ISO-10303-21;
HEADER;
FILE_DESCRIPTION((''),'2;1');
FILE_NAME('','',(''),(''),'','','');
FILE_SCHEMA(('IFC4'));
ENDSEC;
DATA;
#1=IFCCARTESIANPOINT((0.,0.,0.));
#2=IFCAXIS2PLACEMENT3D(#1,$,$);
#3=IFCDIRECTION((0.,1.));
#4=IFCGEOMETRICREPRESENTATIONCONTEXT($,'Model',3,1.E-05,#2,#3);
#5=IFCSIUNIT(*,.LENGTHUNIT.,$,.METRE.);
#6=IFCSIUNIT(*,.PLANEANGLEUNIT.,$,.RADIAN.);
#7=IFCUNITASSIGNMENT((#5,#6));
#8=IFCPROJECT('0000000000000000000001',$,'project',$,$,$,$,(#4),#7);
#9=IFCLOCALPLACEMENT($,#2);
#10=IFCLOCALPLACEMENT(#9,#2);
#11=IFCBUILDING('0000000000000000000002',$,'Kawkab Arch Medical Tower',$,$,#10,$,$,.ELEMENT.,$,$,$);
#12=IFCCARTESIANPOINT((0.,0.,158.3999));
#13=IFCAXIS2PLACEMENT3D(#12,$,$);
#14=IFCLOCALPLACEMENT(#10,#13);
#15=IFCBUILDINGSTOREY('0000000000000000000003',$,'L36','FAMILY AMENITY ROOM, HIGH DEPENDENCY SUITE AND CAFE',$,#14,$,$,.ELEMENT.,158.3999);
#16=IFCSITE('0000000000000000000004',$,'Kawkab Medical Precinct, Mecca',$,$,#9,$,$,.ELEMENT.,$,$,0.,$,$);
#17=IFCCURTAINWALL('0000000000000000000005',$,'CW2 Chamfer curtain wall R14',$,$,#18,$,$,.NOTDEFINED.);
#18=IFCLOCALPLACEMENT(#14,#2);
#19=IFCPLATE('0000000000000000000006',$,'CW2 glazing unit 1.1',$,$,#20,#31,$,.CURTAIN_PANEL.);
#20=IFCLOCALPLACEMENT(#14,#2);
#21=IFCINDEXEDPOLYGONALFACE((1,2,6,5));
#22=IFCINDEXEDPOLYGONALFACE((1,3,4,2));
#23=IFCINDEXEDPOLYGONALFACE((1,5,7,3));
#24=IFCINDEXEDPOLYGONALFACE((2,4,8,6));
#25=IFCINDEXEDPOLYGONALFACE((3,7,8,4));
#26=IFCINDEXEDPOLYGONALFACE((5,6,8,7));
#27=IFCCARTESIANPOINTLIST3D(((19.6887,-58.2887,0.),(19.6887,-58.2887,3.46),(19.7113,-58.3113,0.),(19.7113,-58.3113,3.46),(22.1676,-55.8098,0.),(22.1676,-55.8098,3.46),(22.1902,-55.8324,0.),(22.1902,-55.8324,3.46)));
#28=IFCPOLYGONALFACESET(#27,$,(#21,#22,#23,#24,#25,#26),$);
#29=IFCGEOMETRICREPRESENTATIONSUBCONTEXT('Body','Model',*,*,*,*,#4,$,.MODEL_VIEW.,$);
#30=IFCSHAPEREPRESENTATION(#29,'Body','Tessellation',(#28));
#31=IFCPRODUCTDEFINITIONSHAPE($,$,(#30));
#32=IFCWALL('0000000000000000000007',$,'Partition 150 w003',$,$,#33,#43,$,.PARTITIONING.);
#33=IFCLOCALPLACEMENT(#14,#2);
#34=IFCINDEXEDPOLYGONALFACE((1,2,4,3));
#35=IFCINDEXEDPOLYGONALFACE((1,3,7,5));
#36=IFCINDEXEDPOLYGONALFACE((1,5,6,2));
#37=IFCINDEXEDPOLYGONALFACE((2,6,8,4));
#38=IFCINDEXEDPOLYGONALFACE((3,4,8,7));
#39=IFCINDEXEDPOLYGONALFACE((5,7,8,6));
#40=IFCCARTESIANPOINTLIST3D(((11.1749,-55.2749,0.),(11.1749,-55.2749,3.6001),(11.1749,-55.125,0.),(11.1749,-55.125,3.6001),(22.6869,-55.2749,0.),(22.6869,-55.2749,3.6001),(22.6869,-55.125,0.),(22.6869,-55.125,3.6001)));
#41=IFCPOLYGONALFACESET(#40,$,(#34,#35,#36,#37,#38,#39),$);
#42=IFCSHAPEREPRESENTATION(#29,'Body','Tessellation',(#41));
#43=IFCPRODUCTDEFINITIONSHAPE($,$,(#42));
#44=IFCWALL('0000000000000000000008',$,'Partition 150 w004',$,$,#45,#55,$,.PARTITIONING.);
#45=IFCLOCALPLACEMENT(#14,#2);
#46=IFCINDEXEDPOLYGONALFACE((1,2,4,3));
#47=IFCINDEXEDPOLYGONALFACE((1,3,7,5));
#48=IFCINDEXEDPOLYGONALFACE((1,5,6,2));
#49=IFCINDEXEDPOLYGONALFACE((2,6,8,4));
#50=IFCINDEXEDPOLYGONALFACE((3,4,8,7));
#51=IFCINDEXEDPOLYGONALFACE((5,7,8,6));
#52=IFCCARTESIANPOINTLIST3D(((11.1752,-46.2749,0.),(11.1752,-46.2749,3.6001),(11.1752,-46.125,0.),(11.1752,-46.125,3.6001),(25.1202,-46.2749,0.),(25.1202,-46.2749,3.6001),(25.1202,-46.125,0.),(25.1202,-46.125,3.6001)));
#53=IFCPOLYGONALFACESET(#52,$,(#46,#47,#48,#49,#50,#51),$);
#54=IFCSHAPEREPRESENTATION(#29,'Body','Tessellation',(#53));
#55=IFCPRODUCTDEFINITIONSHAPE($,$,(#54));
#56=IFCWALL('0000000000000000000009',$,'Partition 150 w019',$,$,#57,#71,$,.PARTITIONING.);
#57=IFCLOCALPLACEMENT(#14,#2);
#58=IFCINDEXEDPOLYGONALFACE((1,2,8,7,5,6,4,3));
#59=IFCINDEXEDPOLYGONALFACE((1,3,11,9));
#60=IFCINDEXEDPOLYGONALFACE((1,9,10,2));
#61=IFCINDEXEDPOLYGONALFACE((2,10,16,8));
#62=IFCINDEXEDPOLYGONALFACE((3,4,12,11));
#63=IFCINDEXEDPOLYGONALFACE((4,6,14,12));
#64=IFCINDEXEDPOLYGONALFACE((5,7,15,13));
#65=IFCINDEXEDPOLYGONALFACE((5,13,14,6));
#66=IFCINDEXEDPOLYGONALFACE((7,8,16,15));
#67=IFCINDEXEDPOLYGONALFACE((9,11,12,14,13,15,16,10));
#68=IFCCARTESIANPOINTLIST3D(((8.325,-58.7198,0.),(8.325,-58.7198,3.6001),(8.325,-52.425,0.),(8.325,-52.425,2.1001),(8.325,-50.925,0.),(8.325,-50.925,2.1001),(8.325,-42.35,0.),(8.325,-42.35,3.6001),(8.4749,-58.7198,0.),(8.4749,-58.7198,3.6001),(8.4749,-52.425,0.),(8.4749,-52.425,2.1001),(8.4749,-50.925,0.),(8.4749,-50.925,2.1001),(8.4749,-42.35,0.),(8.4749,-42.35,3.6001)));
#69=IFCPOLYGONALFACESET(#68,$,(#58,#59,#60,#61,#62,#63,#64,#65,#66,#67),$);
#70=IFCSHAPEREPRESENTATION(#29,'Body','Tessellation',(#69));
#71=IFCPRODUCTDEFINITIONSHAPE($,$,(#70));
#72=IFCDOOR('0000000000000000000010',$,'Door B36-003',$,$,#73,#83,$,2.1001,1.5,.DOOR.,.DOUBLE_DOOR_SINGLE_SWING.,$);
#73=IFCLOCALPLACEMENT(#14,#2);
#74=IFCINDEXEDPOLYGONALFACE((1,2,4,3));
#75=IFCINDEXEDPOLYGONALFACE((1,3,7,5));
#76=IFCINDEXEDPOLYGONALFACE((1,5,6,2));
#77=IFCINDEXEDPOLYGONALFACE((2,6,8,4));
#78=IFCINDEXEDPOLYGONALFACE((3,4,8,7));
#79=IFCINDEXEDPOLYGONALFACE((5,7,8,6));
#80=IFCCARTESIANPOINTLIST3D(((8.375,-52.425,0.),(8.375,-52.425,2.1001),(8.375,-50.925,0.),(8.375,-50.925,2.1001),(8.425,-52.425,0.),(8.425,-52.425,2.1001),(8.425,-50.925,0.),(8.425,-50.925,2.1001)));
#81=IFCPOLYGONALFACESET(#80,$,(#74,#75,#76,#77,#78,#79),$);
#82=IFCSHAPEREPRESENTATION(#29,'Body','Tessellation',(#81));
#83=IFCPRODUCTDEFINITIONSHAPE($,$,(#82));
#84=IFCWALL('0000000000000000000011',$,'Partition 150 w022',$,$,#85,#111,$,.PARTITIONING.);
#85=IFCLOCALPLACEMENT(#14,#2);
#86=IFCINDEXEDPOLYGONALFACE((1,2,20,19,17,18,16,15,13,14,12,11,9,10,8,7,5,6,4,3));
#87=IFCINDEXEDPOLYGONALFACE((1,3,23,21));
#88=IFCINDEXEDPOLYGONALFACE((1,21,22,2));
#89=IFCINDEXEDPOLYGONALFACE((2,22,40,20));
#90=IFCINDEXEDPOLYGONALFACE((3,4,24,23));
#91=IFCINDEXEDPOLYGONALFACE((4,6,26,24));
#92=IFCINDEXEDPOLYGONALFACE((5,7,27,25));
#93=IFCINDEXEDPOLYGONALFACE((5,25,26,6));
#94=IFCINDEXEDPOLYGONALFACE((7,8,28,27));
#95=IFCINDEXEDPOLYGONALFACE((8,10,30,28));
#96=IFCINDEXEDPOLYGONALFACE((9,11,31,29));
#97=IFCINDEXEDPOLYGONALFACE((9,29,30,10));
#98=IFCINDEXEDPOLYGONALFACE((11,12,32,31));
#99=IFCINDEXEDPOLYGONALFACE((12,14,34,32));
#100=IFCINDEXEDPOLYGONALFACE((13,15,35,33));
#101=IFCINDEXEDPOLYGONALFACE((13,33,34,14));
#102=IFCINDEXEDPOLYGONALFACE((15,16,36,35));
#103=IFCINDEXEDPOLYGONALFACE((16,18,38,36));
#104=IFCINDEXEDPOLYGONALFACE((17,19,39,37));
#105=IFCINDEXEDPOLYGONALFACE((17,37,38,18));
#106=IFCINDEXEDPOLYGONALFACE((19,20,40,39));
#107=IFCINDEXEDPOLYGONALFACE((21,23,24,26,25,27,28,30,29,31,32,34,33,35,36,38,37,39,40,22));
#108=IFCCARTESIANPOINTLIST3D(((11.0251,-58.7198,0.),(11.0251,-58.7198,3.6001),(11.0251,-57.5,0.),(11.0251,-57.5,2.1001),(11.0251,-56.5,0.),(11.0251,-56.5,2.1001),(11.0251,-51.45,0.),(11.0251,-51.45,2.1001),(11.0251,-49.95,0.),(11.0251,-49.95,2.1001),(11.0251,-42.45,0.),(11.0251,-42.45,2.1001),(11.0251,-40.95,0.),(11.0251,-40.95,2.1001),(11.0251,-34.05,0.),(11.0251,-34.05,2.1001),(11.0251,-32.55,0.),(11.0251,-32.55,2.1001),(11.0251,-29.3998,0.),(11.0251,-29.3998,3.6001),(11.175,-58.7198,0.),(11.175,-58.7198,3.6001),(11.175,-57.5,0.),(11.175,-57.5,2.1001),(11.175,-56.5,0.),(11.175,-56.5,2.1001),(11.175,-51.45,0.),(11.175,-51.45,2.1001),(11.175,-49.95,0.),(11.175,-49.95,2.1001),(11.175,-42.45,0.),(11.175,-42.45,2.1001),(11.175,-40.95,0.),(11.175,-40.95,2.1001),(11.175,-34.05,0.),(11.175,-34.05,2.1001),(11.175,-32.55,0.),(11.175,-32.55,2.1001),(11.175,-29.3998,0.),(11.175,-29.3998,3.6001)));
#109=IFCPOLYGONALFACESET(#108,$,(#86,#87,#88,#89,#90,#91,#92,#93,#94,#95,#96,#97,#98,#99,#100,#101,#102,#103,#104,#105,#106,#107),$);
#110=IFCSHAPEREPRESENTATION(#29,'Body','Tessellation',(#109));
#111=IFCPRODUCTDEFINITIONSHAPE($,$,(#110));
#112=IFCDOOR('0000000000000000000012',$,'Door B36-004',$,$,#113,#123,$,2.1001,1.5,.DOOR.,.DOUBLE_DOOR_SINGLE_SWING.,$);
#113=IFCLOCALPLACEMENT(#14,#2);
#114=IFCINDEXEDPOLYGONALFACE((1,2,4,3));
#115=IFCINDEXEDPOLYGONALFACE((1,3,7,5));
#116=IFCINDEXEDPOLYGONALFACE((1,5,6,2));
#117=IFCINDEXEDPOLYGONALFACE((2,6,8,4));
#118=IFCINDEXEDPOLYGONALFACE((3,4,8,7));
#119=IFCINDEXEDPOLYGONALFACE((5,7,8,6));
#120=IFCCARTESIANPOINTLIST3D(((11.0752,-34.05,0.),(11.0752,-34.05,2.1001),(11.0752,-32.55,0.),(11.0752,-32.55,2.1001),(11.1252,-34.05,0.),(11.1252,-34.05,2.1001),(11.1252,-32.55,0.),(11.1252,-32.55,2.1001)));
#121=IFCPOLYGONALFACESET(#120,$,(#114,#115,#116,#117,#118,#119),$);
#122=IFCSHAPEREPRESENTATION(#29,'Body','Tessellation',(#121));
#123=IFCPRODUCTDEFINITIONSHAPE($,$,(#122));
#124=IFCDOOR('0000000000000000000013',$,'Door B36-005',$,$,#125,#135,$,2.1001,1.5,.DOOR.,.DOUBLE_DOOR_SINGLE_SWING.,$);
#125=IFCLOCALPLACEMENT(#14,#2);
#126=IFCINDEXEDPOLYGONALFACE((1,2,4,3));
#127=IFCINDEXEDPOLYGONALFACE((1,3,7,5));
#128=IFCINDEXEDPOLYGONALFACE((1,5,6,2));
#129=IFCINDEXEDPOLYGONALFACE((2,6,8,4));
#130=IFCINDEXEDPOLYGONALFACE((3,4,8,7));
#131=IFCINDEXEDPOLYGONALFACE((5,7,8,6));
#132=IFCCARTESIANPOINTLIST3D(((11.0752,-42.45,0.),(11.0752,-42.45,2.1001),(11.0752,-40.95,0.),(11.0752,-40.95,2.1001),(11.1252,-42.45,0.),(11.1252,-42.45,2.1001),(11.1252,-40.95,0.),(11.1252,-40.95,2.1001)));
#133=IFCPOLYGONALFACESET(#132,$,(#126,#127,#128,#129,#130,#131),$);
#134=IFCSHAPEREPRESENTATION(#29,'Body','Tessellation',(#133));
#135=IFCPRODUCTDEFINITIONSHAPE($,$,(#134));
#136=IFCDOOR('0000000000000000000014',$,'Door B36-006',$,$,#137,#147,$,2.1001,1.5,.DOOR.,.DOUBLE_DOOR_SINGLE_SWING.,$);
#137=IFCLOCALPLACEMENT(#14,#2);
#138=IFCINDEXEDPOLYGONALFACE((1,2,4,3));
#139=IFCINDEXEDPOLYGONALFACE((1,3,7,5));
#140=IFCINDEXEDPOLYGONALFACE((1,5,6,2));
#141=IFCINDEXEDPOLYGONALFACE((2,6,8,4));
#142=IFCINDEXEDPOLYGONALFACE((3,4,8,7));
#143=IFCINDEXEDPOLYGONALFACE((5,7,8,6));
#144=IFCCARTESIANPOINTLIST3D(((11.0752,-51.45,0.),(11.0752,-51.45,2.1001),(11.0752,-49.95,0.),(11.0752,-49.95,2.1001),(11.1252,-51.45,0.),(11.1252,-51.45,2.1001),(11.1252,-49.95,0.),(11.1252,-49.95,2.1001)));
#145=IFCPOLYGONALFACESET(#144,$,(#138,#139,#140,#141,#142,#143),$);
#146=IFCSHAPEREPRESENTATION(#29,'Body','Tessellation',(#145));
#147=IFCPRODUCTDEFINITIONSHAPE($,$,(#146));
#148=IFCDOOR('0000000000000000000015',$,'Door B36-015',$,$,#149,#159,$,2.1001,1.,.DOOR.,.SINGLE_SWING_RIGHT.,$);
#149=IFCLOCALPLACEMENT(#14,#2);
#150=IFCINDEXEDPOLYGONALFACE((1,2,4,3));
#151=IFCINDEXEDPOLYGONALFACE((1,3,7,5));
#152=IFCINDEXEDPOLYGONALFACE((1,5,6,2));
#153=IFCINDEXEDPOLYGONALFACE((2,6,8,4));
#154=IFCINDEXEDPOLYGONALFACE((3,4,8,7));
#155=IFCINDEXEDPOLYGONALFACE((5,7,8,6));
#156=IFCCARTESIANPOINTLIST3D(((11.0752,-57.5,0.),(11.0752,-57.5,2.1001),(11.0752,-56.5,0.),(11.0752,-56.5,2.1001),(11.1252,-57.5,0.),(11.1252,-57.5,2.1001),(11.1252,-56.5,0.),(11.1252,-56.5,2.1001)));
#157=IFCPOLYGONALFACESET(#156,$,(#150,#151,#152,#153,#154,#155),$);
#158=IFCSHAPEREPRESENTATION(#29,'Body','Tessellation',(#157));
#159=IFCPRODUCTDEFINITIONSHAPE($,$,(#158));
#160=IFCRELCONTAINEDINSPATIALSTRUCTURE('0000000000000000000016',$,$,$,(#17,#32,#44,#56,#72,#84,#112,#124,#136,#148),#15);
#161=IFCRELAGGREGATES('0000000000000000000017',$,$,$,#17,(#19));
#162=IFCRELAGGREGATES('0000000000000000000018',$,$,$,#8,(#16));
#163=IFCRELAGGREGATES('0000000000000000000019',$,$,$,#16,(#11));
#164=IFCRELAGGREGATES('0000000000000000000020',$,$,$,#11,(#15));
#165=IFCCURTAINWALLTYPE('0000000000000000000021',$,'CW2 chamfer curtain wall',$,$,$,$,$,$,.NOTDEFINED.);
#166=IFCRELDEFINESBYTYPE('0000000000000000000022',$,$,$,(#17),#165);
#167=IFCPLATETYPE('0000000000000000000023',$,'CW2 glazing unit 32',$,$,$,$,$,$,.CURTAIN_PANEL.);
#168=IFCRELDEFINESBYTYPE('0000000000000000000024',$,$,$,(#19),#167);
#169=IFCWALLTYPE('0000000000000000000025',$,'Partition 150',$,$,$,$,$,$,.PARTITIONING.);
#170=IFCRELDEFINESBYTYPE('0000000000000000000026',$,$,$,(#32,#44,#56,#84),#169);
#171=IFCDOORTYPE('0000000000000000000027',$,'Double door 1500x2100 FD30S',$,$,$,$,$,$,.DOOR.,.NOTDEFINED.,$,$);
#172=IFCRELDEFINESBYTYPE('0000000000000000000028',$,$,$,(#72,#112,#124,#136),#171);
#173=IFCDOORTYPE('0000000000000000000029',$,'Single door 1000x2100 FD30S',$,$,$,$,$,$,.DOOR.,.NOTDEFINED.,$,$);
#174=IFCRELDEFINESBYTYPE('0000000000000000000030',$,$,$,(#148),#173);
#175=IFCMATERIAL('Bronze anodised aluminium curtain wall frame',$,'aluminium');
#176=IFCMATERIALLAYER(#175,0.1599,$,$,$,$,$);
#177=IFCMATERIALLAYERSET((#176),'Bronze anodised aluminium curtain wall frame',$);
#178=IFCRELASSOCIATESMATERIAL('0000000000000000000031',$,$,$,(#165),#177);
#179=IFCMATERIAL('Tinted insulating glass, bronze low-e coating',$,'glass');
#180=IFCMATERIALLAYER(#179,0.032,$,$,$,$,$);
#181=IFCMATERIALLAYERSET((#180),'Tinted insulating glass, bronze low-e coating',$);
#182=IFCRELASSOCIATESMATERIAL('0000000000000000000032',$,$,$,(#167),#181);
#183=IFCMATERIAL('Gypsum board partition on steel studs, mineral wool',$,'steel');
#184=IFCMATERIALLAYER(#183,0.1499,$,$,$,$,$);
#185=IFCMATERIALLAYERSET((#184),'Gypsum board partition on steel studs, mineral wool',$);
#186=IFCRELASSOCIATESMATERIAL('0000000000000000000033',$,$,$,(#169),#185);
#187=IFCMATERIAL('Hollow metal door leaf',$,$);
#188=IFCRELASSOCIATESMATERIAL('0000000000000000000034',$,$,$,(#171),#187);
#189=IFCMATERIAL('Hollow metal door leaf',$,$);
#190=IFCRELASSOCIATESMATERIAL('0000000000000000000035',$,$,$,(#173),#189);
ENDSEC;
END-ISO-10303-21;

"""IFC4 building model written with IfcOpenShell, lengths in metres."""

from ifc_helpers import new_model, si_unit, direction, frame, frame_2d, origin, origin_2d, place, context, subcontext, project, spatial, rectangle, extrude, material, layer, layer_set, type_object, element, fill, aggregate, save


model = new_model("IFC4")

# Units and contexts
model_context = context("Model", 3, precision=1e-05, world=origin(), true_north=direction((0.0, 1.0)))
body_context = subcontext(model_context, "Body", "Model", "MODEL_VIEW")
ifc_project = project(units=[si_unit("LENGTHUNIT", "METRE"), si_unit("PLANEANGLEUNIT", "RADIAN")], contexts=[model_context])

# Site, building, storey
site_placement = place(None, origin())
site = spatial("IfcSite", under=ifc_project, at=site_placement, Name="Kawkab Medical Precinct, Mecca", CompositionType="ELEMENT", RefElevation=0.0)
building_placement = place(site_placement, origin())
building = spatial("IfcBuilding", under=site, at=building_placement, Name="Kawkab Arch Medical Tower", CompositionType="ELEMENT")
storey_placement = place(building_placement, frame((0.0, 0.0, 158.3999)))
storey = spatial("IfcBuildingStorey", under=building, at=storey_placement, Name="L36", Description="FAMILY AMENITY ROOM, HIGH DEPENDENCY SUITE AND CAFE", CompositionType="ELEMENT", Elevation=158.3999)

# Shared definitions
placement = place(storey_placement, origin())

# Curtain wall
ifc_material_1 = material(Name="Bronze anodised aluminium curtain wall frame", Category="aluminium")
ifc_layer_1 = layer(ifc_material_1, 0.1599)
ifc_layer_set_1 = layer_set([ifc_layer_1], Name="Bronze anodised aluminium curtain wall frame")
curtain_wall_type_1 = type_object("IfcCurtainWallType", Name="CW2 chamfer curtain wall", PredefinedType="NOTDEFINED", material=ifc_layer_set_1)
curtain_wall_1 = element("IfcCurtainWall", 1, at=placement, inside=storey, type_object=curtain_wall_type_1, Name="CW2 Chamfer curtain wall R14", PredefinedType="NOTDEFINED")

# Plate
ifc_material_2 = material(Name="Tinted insulating glass, bronze low-e coating", Category="glass")
ifc_layer_2 = layer(ifc_material_2, 0.032)
ifc_layer_set_2 = layer_set([ifc_layer_2], Name="Tinted insulating glass, bronze low-e coating")
plate_type_1 = type_object("IfcPlateType", Name="CW2 glazing unit 32", PredefinedType="CURTAIN_PANEL", material=ifc_layer_set_2)
plate_1_placement = place(storey_placement, frame((20.9395, -57.0605, 0.0), z_axis=(0.0, 0.0, 1.0), x_axis=(0.707107, 0.707107, 0.0)))
plate_1 = element("IfcPlate", 2, at=plate_1_placement, type_object=plate_type_1, Name="CW2 glazing unit 1.1", PredefinedType="CURTAIN_PANEL", context=body_context, shape_type="SweptSolid", body=[
    extrude(rectangle(XDim=3.5056, YDim=0.032, at=origin_2d()), origin(), (0.0, 0.0, 1.0), 3.46),
])
aggregate(curtain_wall_1, [plate_1])

# Walls
ifc_material_3 = material(Name="Gypsum board partition on steel studs, mineral wool", Category="steel")
ifc_layer_3 = layer(ifc_material_3, 0.1499)
ifc_layer_set_3 = layer_set([ifc_layer_3], Name="Gypsum board partition on steel studs, mineral wool")
wall_type = type_object("IfcWallType", Name="Partition 150", PredefinedType="PARTITIONING", material=ifc_layer_set_3)
wall_1_placement = place(storey_placement, frame((11.175, -55.2, 0.0), z_axis=(0.0, 0.0, 1.0), x_axis=(1.0, 0.0, 0.0)))
element("IfcWall", 3, at=wall_1_placement, inside=storey, type_object=wall_type, Name="Partition 150 w003", PredefinedType="PARTITIONING", context=body_context, shape_type="SweptSolid", body=[
    extrude(rectangle(XDim=11.512, YDim=0.1499, at=frame_2d((5.7559, 0.0))), origin(), (0.0, 0.0, 1.0), 3.6001),
])
wall_2_placement = place(storey_placement, frame((11.175, -46.2, 0.0), z_axis=(0.0, 0.0, 1.0), x_axis=(1.0, 0.0, 0.0)))
element("IfcWall", 4, at=wall_2_placement, inside=storey, type_object=wall_type, Name="Partition 150 w004", PredefinedType="PARTITIONING", context=body_context, shape_type="SweptSolid", body=[
    extrude(rectangle(XDim=13.9451, YDim=0.1499, at=frame_2d((6.9727, 0.0))), origin(), (0.0, 0.0, 1.0), 3.6001),
])

# Wall, opening, door
wall_3_placement = place(storey_placement, frame((8.3999, -58.72, 0.0), z_axis=(0.0, 0.0, 1.0), x_axis=(0.0, 1.0, 0.0)))
wall_3 = element("IfcWall", 5, at=wall_3_placement, inside=storey, type_object=wall_type, Name="Partition 150 w019", PredefinedType="PARTITIONING", context=body_context, shape_type="SweptSolid", body=[
    extrude(rectangle(XDim=16.3699, YDim=0.1499, at=frame_2d((8.1851, 0.0))), origin(), (0.0, 0.0, 1.0), 3.6001),
])
opening_1_placement = place(wall_3_placement, frame((6.2949, 0.0, 0.0)))
opening_1 = element("IfcOpeningElement", 6, at=opening_1_placement, cuts=wall_3, PredefinedType="OPENING", context=body_context, shape_type="SweptSolid", body=[
    extrude(rectangle(XDim=1.5, YDim=2.1001, at=frame_2d((0.75, 1.05))), frame((0.0, 0.085, 0.0), z_axis=(0.0, -1.0, 0.0), x_axis=(1.0, 0.0, 0.0)), (0.0, 0.0, 1.0), 0.1699),
])
ifc_material_4 = material(Name="Hollow metal door leaf")
door_type_1 = type_object("IfcDoorType", Name="Double door 1500x2100 FD30S", OperationType="NOTDEFINED", PredefinedType="DOOR", material=ifc_material_4)
door_1_placement = place(opening_1_placement, origin())
door_1 = element("IfcDoor", 7, at=door_1_placement, inside=storey, type_object=door_type_1, Name="Door B36-003", OperationType="DOUBLE_DOOR_SINGLE_SWING", OverallHeight=2.1001, OverallWidth=1.5, PredefinedType="DOOR", context=body_context, shape_type="SweptSolid", body=[
    extrude(rectangle(XDim=1.5, YDim=2.1001, at=frame_2d((0.75, 1.05))), frame((0.0, 0.0249, 0.0), z_axis=(0.0, -1.0, 0.0), x_axis=(1.0, 0.0, 0.0)), (0.0, 0.0, 1.0), 0.05),
])
fill(opening_1, door_1)

# Wall, openings, doors
wall_4_placement = place(storey_placement, frame((11.1001, -58.72, 0.0), z_axis=(0.0, 0.0, 1.0), x_axis=(0.0, 1.0, 0.0)))
wall_4 = element("IfcWall", 8, at=wall_4_placement, inside=storey, type_object=wall_type, Name="Partition 150 w022", PredefinedType="PARTITIONING", context=body_context, shape_type="SweptSolid", body=[
    extrude(rectangle(XDim=29.3201, YDim=0.1499, at=frame_2d((14.6602, 0.0))), origin(), (0.0, 0.0, 1.0), 3.6001),
])
opening_2_placement = place(wall_4_placement, frame((24.6699, 0.0, 0.0)))
opening_2 = element("IfcOpeningElement", 9, at=opening_2_placement, cuts=wall_4, PredefinedType="OPENING", context=body_context, shape_type="SweptSolid", body=[
    extrude(rectangle(XDim=1.5, YDim=2.1001, at=frame_2d((0.75, 1.05))), frame((0.0, 0.085, 0.0), z_axis=(0.0, -1.0, 0.0), x_axis=(1.0, 0.0, 0.0)), (0.0, 0.0, 1.0), 0.1699),
])
opening_3_placement = place(wall_4_placement, frame((16.27, 0.0, 0.0)))
opening_3 = element("IfcOpeningElement", 10, at=opening_3_placement, cuts=wall_4, PredefinedType="OPENING", context=body_context, shape_type="SweptSolid", body=[
    extrude(rectangle(XDim=1.5, YDim=2.1001, at=frame_2d((0.75, 1.05))), frame((0.0, 0.085, 0.0), z_axis=(0.0, -1.0, 0.0), x_axis=(1.0, 0.0, 0.0)), (0.0, 0.0, 1.0), 0.1699),
])
opening_4_placement = place(wall_4_placement, frame((7.27, 0.0, 0.0)))
opening_4 = element("IfcOpeningElement", 11, at=opening_4_placement, cuts=wall_4, PredefinedType="OPENING", context=body_context, shape_type="SweptSolid", body=[
    extrude(rectangle(XDim=1.5, YDim=2.1001, at=frame_2d((0.75, 1.05))), frame((0.0, 0.085, 0.0), z_axis=(0.0, -1.0, 0.0), x_axis=(1.0, 0.0, 0.0)), (0.0, 0.0, 1.0), 0.1699),
])
opening_5_placement = place(wall_4_placement, frame((1.22, 0.0, 0.0)))
opening_5 = element("IfcOpeningElement", 12, at=opening_5_placement, cuts=wall_4, PredefinedType="OPENING", context=body_context, shape_type="SweptSolid", body=[
    extrude(rectangle(XDim=1.0, YDim=2.1001, at=frame_2d((0.5, 1.05))), frame((0.0, 0.085, 0.0), z_axis=(0.0, -1.0, 0.0), x_axis=(1.0, 0.0, 0.0)), (0.0, 0.0, 1.0), 0.1699),
])
door_2_placement = place(opening_2_placement, origin())
door_2 = element("IfcDoor", 13, at=door_2_placement, inside=storey, type_object=door_type_1, Name="Door B36-004", OperationType="DOUBLE_DOOR_SINGLE_SWING", OverallHeight=2.1001, OverallWidth=1.5, PredefinedType="DOOR", context=body_context, shape_type="SweptSolid", body=[
    extrude(rectangle(XDim=1.5, YDim=2.1001, at=frame_2d((0.75, 1.05))), frame((0.0, 0.0249, 0.0), z_axis=(0.0, -1.0, 0.0), x_axis=(1.0, 0.0, 0.0)), (0.0, 0.0, 1.0), 0.05),
])
fill(opening_2, door_2)
door_3_placement = place(opening_3_placement, origin())
door_3 = element("IfcDoor", 14, at=door_3_placement, inside=storey, type_object=door_type_1, Name="Door B36-005", OperationType="DOUBLE_DOOR_SINGLE_SWING", OverallHeight=2.1001, OverallWidth=1.5, PredefinedType="DOOR", context=body_context, shape_type="SweptSolid", body=[
    extrude(rectangle(XDim=1.5, YDim=2.1001, at=frame_2d((0.75, 1.05))), frame((0.0, 0.0249, 0.0), z_axis=(0.0, -1.0, 0.0), x_axis=(1.0, 0.0, 0.0)), (0.0, 0.0, 1.0), 0.05),
])
fill(opening_3, door_3)
door_4_placement = place(opening_4_placement, origin())
door_4 = element("IfcDoor", 15, at=door_4_placement, inside=storey, type_object=door_type_1, Name="Door B36-006", OperationType="DOUBLE_DOOR_SINGLE_SWING", OverallHeight=2.1001, OverallWidth=1.5, PredefinedType="DOOR", context=body_context, shape_type="SweptSolid", body=[
    extrude(rectangle(XDim=1.5, YDim=2.1001, at=frame_2d((0.75, 1.05))), frame((0.0, 0.0249, 0.0), z_axis=(0.0, -1.0, 0.0), x_axis=(1.0, 0.0, 0.0)), (0.0, 0.0, 1.0), 0.05),
])
fill(opening_4, door_4)
ifc_material_5 = material(Name="Hollow metal door leaf")
door_type_2 = type_object("IfcDoorType", Name="Single door 1000x2100 FD30S", OperationType="NOTDEFINED", PredefinedType="DOOR", material=ifc_material_5)
door_5_placement = place(opening_5_placement, origin())
door_5 = element("IfcDoor", 16, at=door_5_placement, inside=storey, type_object=door_type_2, Name="Door B36-015", OperationType="SINGLE_SWING_RIGHT", OverallHeight=2.1001, OverallWidth=1.0, PredefinedType="DOOR", context=body_context, shape_type="SweptSolid", body=[
    extrude(rectangle(XDim=1.0, YDim=2.1001, at=frame_2d((0.5, 1.05))), frame((0.0, 0.0249, 0.0), z_axis=(0.0, -1.0, 0.0), x_axis=(1.0, 0.0, 0.0)), (0.0, 0.0, 1.0), 0.05),
])
fill(opening_5, door_5)

save(model, "model.ifc")
